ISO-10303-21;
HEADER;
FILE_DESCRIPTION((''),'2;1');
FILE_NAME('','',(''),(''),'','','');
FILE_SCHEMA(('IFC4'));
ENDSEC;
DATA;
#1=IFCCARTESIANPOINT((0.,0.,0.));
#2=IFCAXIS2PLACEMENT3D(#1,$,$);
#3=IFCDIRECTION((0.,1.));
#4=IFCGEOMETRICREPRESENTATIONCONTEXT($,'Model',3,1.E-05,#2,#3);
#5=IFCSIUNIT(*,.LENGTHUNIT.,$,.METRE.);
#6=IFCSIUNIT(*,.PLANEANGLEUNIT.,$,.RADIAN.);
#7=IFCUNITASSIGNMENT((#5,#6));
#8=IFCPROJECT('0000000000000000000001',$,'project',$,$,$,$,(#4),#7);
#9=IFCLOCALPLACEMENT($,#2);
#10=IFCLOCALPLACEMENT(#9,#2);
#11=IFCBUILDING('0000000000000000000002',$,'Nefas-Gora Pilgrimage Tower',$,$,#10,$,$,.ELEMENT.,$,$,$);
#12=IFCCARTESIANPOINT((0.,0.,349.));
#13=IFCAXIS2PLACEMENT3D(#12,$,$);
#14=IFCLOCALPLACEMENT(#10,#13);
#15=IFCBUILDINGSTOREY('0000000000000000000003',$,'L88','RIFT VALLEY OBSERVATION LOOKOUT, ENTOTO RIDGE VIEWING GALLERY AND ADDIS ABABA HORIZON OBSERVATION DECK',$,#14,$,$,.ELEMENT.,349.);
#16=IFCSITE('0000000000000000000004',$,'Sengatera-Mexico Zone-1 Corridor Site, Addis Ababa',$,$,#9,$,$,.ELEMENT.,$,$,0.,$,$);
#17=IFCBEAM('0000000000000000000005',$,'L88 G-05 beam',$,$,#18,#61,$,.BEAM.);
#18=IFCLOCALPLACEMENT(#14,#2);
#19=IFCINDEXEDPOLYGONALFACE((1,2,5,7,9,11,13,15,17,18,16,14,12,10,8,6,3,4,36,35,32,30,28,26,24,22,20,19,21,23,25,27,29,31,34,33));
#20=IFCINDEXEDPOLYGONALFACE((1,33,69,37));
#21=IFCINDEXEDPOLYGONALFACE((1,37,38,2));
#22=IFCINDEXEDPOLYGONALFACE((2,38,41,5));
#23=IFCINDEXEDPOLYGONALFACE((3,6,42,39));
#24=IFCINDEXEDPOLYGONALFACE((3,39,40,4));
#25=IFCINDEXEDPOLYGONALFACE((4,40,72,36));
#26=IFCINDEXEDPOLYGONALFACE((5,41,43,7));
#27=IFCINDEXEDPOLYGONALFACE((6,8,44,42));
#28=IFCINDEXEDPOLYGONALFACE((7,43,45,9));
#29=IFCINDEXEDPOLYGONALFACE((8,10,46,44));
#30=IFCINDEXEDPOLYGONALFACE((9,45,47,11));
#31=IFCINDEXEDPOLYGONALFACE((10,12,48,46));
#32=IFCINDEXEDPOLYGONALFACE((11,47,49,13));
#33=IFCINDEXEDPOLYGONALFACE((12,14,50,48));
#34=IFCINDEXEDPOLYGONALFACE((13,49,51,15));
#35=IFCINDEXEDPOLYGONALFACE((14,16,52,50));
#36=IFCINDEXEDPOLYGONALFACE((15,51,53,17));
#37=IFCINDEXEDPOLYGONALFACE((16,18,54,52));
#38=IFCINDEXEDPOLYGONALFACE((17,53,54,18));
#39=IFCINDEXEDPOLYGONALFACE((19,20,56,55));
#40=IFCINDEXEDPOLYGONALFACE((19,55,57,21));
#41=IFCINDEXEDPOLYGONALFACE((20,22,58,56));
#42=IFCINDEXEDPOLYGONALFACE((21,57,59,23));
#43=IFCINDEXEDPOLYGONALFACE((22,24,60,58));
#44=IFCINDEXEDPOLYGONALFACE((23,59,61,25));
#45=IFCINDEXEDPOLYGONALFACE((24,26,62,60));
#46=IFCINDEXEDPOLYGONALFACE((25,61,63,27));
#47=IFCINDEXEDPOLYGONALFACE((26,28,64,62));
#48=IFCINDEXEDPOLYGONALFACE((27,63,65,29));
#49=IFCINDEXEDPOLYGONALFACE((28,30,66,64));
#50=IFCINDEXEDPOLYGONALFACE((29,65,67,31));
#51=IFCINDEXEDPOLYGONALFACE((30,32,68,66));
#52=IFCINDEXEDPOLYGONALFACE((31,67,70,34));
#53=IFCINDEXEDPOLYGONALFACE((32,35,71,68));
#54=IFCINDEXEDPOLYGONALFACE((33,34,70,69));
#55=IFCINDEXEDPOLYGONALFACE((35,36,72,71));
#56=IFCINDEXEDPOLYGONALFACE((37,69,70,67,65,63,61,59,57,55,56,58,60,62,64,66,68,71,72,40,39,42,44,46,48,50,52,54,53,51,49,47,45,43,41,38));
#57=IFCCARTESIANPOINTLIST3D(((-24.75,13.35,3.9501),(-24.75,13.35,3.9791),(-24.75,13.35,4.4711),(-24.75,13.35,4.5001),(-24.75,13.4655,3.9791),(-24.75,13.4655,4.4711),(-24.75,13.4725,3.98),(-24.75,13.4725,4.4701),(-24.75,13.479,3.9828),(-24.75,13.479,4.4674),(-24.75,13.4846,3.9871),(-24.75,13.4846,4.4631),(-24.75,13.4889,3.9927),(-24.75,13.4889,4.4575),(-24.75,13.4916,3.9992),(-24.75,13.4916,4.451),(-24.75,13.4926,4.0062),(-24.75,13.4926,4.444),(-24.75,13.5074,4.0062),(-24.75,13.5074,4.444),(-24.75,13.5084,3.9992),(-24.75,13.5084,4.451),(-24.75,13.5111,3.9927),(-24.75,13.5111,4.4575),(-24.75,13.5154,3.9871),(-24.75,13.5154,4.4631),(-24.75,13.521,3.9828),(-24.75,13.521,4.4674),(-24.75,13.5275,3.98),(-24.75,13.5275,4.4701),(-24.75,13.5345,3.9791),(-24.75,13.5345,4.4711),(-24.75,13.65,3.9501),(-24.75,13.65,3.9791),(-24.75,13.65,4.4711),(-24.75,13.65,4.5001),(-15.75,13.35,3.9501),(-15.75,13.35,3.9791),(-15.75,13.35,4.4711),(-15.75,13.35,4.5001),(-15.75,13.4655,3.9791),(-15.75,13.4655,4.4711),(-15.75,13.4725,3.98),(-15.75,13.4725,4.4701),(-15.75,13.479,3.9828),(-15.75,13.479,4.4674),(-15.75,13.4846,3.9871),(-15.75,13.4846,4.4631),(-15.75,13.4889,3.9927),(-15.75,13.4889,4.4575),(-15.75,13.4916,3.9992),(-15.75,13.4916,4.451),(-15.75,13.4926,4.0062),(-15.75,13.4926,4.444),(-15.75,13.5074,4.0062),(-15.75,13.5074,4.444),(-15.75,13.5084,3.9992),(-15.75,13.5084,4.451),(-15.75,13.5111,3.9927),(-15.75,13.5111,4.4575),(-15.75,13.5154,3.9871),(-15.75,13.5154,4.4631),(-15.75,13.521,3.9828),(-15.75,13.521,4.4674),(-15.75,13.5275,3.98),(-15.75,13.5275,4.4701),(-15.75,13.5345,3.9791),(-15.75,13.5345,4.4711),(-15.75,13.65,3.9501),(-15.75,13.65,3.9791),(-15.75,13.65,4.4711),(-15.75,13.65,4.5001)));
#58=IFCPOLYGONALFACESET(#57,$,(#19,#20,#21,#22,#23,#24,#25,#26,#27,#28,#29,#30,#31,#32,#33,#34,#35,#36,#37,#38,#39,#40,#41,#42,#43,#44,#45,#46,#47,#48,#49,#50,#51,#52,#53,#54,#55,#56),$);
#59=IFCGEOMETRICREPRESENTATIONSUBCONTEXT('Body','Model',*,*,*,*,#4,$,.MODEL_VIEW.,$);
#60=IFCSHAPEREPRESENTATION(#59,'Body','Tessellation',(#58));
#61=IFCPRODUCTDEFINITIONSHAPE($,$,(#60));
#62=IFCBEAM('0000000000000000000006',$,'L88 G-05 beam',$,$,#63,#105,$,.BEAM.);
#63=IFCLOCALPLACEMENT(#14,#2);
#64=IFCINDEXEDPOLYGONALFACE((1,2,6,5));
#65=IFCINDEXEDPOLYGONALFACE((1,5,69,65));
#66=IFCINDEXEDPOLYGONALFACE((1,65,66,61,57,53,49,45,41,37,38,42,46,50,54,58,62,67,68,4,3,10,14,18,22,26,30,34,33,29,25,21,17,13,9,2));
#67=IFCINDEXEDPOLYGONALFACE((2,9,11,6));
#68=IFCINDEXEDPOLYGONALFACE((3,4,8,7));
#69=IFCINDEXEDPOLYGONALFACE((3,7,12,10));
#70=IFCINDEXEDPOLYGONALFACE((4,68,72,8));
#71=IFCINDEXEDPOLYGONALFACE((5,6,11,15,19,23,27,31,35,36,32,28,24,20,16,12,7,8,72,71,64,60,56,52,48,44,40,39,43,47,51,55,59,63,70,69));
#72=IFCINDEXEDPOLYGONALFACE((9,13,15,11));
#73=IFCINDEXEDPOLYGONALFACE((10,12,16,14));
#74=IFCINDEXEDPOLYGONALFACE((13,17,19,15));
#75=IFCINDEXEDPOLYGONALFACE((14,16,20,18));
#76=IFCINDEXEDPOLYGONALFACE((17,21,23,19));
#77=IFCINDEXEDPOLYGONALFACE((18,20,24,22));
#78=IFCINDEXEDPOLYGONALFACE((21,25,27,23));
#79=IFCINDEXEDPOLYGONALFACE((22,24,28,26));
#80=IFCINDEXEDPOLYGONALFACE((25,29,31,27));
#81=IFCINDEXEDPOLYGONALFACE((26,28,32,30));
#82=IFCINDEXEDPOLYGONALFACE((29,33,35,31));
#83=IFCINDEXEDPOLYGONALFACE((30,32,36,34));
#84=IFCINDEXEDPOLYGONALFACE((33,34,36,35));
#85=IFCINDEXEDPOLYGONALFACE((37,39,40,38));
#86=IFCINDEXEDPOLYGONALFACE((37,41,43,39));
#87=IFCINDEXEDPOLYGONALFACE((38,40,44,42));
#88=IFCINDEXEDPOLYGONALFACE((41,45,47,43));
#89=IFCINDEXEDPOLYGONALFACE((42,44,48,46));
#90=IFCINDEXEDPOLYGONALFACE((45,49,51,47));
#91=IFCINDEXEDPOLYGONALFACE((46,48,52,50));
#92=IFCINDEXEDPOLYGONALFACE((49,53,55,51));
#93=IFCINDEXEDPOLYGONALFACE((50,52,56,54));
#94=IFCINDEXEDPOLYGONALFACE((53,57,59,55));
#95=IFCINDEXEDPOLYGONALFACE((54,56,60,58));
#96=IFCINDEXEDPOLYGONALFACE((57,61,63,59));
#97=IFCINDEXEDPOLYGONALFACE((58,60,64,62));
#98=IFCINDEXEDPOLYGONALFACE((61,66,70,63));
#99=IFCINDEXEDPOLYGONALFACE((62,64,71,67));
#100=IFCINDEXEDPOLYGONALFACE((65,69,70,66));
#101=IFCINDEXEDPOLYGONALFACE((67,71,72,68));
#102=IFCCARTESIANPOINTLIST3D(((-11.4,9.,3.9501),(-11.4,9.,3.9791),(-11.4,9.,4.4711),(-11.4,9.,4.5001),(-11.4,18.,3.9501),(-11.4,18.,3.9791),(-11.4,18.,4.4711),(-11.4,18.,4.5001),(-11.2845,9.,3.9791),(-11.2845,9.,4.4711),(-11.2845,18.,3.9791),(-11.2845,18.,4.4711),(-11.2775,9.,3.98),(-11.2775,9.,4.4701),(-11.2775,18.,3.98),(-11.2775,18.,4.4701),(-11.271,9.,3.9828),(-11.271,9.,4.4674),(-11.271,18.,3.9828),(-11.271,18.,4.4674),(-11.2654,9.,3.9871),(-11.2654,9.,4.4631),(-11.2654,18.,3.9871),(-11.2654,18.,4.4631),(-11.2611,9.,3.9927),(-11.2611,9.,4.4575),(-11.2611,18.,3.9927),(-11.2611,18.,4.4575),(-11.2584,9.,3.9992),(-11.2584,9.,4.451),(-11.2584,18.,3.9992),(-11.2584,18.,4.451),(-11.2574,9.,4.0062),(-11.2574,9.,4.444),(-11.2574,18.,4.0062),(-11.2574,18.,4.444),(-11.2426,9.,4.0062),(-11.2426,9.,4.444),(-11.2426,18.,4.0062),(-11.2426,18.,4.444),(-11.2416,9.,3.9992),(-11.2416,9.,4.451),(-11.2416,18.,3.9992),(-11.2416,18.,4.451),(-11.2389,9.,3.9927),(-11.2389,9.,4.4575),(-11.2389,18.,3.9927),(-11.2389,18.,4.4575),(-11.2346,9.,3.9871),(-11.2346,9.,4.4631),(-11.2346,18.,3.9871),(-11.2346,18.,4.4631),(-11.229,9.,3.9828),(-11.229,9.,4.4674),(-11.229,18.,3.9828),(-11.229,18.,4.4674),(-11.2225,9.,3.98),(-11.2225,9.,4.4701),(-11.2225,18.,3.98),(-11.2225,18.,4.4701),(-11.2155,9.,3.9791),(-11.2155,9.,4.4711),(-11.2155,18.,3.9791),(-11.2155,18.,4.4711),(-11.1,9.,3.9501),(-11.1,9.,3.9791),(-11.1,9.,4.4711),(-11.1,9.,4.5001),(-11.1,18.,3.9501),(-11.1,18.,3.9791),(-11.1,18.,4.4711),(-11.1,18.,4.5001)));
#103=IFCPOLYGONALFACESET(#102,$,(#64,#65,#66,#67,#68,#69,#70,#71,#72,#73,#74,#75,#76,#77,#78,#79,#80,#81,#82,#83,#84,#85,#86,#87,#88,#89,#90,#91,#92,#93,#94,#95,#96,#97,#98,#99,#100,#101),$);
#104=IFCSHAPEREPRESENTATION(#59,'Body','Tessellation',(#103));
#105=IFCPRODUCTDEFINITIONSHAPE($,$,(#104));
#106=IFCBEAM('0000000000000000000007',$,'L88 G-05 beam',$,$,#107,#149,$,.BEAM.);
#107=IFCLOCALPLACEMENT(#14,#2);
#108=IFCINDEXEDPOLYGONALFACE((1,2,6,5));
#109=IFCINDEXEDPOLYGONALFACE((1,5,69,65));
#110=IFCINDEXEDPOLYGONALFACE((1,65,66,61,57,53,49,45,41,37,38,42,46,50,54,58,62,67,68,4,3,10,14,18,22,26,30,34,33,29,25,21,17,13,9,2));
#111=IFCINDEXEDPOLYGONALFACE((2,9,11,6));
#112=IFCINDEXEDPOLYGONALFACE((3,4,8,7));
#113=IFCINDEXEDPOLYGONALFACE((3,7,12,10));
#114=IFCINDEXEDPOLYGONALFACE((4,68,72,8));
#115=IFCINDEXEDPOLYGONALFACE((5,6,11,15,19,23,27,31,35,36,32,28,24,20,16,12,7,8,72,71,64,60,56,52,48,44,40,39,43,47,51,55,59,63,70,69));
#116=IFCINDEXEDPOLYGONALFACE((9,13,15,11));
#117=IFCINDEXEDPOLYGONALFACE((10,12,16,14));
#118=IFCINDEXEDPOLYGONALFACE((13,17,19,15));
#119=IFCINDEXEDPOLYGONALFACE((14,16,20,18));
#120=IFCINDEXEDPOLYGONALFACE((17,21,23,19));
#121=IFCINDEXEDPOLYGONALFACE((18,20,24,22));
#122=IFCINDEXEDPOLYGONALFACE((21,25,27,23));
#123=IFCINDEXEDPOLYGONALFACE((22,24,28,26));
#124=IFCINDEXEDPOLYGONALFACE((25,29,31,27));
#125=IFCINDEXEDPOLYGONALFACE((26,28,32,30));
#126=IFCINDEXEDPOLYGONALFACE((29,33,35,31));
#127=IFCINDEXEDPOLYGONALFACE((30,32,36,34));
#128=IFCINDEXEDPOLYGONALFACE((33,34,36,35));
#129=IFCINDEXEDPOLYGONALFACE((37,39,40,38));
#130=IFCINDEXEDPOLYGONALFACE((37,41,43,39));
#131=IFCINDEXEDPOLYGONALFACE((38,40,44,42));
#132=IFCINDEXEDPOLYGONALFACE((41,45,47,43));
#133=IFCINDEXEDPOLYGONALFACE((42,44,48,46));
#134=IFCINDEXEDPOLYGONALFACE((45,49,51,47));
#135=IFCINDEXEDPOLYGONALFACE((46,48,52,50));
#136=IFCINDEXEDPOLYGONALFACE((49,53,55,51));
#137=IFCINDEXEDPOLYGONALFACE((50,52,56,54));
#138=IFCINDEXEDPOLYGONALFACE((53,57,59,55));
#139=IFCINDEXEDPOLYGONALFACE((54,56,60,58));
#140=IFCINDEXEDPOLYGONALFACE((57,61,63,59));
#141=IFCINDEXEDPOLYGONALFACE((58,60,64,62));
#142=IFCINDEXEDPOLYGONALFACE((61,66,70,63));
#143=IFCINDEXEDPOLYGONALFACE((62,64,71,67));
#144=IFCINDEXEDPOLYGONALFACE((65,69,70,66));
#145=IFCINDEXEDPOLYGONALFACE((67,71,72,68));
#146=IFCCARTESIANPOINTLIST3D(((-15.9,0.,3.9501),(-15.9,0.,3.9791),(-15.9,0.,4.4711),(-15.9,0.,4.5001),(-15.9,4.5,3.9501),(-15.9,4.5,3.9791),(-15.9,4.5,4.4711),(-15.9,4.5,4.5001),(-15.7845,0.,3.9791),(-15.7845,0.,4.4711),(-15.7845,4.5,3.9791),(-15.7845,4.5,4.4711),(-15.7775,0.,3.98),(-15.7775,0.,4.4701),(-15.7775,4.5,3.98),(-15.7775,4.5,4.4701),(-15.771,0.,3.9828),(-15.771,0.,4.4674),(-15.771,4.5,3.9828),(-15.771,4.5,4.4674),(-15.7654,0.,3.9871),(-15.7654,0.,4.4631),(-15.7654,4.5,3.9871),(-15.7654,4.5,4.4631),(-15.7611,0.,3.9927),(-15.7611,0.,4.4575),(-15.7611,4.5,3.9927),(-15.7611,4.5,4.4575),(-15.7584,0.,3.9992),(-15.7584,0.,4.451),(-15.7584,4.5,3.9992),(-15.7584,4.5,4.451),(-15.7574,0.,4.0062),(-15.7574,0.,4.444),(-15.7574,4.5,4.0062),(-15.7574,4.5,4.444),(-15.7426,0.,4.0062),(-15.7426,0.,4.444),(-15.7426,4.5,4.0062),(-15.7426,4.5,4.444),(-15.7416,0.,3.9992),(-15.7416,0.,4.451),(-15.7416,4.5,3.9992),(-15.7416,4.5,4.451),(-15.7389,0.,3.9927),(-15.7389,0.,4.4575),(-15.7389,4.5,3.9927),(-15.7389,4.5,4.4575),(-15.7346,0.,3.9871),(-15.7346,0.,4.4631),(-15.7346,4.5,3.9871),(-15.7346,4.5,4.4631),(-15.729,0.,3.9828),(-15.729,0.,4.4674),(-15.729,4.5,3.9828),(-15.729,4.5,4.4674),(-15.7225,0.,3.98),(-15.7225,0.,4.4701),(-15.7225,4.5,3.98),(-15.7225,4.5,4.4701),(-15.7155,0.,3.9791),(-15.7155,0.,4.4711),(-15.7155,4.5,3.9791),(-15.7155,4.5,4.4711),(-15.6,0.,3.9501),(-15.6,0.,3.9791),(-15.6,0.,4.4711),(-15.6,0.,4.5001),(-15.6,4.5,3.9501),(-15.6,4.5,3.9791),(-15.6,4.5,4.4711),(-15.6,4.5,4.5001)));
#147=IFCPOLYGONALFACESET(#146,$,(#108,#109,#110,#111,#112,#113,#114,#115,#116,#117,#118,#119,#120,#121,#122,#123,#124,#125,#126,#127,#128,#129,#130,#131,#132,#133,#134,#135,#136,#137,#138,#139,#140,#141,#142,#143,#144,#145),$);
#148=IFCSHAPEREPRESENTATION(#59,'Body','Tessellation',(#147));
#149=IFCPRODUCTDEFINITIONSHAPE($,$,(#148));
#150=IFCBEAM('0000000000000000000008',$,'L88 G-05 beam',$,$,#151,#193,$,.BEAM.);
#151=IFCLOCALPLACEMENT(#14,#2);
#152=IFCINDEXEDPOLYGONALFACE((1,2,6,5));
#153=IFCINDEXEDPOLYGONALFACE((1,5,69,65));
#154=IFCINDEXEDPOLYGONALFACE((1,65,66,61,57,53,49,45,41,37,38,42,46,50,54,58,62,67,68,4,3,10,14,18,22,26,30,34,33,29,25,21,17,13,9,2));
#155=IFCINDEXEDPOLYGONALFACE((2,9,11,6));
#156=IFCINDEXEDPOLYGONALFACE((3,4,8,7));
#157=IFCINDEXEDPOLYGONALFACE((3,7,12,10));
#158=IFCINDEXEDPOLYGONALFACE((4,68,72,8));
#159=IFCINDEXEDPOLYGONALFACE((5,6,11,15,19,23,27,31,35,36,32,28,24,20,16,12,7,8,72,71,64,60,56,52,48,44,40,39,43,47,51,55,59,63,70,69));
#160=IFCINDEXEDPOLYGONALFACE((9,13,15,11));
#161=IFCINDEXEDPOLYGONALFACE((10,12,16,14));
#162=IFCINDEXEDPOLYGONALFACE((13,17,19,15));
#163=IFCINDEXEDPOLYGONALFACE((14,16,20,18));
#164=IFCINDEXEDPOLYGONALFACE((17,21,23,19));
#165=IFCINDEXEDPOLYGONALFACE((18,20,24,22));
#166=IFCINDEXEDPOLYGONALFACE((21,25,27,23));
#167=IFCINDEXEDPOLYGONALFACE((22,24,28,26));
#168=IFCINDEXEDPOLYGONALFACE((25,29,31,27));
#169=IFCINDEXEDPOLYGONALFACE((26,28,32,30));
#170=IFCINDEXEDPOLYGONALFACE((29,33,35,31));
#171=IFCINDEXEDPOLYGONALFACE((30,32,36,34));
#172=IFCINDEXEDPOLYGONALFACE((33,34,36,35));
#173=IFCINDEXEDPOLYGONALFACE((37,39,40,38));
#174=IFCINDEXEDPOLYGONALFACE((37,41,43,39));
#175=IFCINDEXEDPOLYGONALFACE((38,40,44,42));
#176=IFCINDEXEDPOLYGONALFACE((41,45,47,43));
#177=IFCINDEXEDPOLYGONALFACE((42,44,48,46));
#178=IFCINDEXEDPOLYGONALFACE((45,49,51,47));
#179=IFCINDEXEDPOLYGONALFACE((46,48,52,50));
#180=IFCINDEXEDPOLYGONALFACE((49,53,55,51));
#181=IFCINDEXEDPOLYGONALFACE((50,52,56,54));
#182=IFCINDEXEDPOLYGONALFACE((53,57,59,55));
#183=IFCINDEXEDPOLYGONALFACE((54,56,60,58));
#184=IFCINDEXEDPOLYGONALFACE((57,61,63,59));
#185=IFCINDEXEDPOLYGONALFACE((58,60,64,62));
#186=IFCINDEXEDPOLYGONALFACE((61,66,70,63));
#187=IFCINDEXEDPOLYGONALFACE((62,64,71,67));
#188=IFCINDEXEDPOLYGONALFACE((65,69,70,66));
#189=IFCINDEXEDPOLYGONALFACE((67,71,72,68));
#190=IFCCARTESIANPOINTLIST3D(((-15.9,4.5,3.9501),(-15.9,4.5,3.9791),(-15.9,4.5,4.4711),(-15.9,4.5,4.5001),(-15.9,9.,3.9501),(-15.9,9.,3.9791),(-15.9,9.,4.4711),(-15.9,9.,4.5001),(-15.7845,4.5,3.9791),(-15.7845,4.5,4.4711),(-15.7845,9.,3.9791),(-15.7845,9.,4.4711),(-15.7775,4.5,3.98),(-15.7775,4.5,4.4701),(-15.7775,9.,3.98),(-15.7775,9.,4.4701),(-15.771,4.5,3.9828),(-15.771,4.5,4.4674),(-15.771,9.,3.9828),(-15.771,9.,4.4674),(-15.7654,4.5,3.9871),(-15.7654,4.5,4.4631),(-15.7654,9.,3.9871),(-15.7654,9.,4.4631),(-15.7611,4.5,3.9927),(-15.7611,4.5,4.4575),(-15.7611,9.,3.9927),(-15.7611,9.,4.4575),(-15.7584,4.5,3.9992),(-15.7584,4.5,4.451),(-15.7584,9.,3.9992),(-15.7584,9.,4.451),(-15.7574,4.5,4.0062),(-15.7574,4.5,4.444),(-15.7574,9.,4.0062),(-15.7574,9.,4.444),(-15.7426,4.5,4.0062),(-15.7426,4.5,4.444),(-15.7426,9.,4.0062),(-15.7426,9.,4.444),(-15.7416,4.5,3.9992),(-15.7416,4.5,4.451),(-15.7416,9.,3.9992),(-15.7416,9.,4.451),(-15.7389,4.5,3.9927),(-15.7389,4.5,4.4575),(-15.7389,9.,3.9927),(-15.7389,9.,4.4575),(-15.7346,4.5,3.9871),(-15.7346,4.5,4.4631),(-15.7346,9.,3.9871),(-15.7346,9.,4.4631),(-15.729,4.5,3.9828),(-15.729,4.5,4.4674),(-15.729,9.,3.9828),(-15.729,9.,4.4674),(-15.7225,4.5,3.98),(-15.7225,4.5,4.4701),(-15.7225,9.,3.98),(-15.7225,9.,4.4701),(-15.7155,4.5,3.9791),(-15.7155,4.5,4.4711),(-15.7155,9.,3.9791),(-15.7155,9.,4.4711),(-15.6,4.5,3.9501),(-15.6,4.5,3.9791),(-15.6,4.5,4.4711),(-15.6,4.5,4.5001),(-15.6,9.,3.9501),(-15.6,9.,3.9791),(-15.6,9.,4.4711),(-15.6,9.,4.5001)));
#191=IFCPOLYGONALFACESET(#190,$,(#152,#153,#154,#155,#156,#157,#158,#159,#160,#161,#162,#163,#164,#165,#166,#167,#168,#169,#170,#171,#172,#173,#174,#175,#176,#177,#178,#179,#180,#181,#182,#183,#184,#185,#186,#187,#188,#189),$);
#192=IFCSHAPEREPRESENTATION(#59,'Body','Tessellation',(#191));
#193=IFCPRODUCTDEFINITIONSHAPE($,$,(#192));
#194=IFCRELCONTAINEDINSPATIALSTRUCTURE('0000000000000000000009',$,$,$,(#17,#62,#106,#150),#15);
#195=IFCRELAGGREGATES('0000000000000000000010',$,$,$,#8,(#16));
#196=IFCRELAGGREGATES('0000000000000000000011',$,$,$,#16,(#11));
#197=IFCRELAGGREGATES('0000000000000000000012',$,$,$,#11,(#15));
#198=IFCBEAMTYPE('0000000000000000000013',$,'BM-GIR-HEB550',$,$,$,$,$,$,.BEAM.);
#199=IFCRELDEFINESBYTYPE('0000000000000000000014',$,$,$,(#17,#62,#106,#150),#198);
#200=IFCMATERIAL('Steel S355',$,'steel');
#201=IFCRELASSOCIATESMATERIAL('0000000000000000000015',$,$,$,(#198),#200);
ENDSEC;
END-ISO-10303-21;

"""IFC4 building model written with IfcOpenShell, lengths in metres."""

from ifc_helpers import new_model, si_unit, direction, frame, origin, origin_2d, place, context, subcontext, project, spatial, i_section, extrude, source, transform, mapped, material, material_profile, profile_set, type_object, element, save


model = new_model("IFC4")

# Units and contexts
model_context = context("Model", 3, precision=1e-05, world=origin(), true_north=direction((0.0, 1.0)))
body_context = subcontext(model_context, "Body", "Model", "MODEL_VIEW")
ifc_project = project(units=[si_unit("LENGTHUNIT", "METRE"), si_unit("PLANEANGLEUNIT", "RADIAN")], contexts=[model_context])

# Site, building, storey
site_placement = place(None, origin())
site = spatial("IfcSite", under=ifc_project, at=site_placement, Name="Sengatera-Mexico Zone-1 Corridor Site, Addis Ababa", CompositionType="ELEMENT", RefElevation=0.0)
building_placement = place(site_placement, origin())
building = spatial("IfcBuilding", under=site, at=building_placement, Name="Nefas-Gora Pilgrimage Tower", CompositionType="ELEMENT")
storey_placement = place(building_placement, frame((0.0, 0.0, 349.0)))
storey = spatial("IfcBuildingStorey", under=building, at=storey_placement, Name="L88", Description="RIFT VALLEY OBSERVATION LOOKOUT, ENTOTO RIDGE VIEWING GALLERY AND ADDIS ABABA HORIZON OBSERVATION DECK", CompositionType="ELEMENT", Elevation=349.0)

# Shared definitions
ifc_material_1 = material(Name="Steel S355", Category="steel")

# Beams
ifc_material_profile_1 = material_profile(ifc_material_1, i_section(OverallWidth=0.3, OverallDepth=0.55, WebThickness=0.0149, FlangeThickness=0.0291, FilletRadius=0.0271, at=origin_2d()), Name="HEB 550")
ifc_profile_set_1 = profile_set([ifc_material_profile_1], Name="Steel S355")
beam_type_1 = type_object("IfcBeamType", Name="BM-GIR-HEB550", PredefinedType="BEAM", material=ifc_profile_set_1)
shared_shape_1 = source(origin(), body_context, "Body", "SweptSolid", [
    extrude(i_section(OverallWidth=0.3, OverallDepth=0.55, WebThickness=0.0149, FlangeThickness=0.0291, FilletRadius=0.0271, at=origin_2d()), origin(), (0.0, 0.0, 1.0), 9.0),
])
for number, where, z_axis, x_axis, name in (
    (1, (-24.75, 13.5, 4.2251), (1.0, 0.0, 0.0), (0.0, 1.0, 0.0), "L88 G-05 beam"),
    (2, (-11.25, 9.0, 4.2251), (0.0, 1.0, 0.0), (-1.0, 0.0, 0.0), "L88 G-05 beam"),
):
    element("IfcBeam", number, at=place(storey_placement, frame(where, z_axis=z_axis, x_axis=x_axis)), inside=storey, type_object=beam_type_1, Name=name, PredefinedType="BEAM", context=body_context, shape_type="MappedRepresentation", body=[
        mapped(shared_shape_1, transform((0.0, 0.0, 0.0), x_axis=(1.0, 0.0, 0.0), y_axis=(0.0, 1.0, 0.0), z_axis=(0.0, 0.0, 1.0), scale=1.0)),
    ])
shared_shape_2 = source(origin(), body_context, "Body", "SweptSolid", [
    extrude(i_section(OverallWidth=0.3, OverallDepth=0.55, WebThickness=0.0149, FlangeThickness=0.0291, FilletRadius=0.0271, at=origin_2d()), origin(), (0.0, 0.0, 1.0), 4.5),
])
for number, where, z_axis, x_axis, name in (
    (3, (-15.75, 0.0, 4.2251), (0.0, 1.0, 0.0), (-1.0, 0.0, 0.0), "L88 G-05 beam"),
    (4, (-15.75, 4.5, 4.2251), (0.0, 1.0, 0.0), (-1.0, 0.0, 0.0), "L88 G-05 beam"),
):
    element("IfcBeam", number, at=place(storey_placement, frame(where, z_axis=z_axis, x_axis=x_axis)), inside=storey, type_object=beam_type_1, Name=name, PredefinedType="BEAM", context=body_context, shape_type="MappedRepresentation", body=[
        mapped(shared_shape_2, transform((0.0, 0.0, 0.0), x_axis=(1.0, 0.0, 0.0), y_axis=(0.0, 1.0, 0.0), z_axis=(0.0, 0.0, 1.0), scale=1.0)),
    ])

save(model, "model.ifc")
